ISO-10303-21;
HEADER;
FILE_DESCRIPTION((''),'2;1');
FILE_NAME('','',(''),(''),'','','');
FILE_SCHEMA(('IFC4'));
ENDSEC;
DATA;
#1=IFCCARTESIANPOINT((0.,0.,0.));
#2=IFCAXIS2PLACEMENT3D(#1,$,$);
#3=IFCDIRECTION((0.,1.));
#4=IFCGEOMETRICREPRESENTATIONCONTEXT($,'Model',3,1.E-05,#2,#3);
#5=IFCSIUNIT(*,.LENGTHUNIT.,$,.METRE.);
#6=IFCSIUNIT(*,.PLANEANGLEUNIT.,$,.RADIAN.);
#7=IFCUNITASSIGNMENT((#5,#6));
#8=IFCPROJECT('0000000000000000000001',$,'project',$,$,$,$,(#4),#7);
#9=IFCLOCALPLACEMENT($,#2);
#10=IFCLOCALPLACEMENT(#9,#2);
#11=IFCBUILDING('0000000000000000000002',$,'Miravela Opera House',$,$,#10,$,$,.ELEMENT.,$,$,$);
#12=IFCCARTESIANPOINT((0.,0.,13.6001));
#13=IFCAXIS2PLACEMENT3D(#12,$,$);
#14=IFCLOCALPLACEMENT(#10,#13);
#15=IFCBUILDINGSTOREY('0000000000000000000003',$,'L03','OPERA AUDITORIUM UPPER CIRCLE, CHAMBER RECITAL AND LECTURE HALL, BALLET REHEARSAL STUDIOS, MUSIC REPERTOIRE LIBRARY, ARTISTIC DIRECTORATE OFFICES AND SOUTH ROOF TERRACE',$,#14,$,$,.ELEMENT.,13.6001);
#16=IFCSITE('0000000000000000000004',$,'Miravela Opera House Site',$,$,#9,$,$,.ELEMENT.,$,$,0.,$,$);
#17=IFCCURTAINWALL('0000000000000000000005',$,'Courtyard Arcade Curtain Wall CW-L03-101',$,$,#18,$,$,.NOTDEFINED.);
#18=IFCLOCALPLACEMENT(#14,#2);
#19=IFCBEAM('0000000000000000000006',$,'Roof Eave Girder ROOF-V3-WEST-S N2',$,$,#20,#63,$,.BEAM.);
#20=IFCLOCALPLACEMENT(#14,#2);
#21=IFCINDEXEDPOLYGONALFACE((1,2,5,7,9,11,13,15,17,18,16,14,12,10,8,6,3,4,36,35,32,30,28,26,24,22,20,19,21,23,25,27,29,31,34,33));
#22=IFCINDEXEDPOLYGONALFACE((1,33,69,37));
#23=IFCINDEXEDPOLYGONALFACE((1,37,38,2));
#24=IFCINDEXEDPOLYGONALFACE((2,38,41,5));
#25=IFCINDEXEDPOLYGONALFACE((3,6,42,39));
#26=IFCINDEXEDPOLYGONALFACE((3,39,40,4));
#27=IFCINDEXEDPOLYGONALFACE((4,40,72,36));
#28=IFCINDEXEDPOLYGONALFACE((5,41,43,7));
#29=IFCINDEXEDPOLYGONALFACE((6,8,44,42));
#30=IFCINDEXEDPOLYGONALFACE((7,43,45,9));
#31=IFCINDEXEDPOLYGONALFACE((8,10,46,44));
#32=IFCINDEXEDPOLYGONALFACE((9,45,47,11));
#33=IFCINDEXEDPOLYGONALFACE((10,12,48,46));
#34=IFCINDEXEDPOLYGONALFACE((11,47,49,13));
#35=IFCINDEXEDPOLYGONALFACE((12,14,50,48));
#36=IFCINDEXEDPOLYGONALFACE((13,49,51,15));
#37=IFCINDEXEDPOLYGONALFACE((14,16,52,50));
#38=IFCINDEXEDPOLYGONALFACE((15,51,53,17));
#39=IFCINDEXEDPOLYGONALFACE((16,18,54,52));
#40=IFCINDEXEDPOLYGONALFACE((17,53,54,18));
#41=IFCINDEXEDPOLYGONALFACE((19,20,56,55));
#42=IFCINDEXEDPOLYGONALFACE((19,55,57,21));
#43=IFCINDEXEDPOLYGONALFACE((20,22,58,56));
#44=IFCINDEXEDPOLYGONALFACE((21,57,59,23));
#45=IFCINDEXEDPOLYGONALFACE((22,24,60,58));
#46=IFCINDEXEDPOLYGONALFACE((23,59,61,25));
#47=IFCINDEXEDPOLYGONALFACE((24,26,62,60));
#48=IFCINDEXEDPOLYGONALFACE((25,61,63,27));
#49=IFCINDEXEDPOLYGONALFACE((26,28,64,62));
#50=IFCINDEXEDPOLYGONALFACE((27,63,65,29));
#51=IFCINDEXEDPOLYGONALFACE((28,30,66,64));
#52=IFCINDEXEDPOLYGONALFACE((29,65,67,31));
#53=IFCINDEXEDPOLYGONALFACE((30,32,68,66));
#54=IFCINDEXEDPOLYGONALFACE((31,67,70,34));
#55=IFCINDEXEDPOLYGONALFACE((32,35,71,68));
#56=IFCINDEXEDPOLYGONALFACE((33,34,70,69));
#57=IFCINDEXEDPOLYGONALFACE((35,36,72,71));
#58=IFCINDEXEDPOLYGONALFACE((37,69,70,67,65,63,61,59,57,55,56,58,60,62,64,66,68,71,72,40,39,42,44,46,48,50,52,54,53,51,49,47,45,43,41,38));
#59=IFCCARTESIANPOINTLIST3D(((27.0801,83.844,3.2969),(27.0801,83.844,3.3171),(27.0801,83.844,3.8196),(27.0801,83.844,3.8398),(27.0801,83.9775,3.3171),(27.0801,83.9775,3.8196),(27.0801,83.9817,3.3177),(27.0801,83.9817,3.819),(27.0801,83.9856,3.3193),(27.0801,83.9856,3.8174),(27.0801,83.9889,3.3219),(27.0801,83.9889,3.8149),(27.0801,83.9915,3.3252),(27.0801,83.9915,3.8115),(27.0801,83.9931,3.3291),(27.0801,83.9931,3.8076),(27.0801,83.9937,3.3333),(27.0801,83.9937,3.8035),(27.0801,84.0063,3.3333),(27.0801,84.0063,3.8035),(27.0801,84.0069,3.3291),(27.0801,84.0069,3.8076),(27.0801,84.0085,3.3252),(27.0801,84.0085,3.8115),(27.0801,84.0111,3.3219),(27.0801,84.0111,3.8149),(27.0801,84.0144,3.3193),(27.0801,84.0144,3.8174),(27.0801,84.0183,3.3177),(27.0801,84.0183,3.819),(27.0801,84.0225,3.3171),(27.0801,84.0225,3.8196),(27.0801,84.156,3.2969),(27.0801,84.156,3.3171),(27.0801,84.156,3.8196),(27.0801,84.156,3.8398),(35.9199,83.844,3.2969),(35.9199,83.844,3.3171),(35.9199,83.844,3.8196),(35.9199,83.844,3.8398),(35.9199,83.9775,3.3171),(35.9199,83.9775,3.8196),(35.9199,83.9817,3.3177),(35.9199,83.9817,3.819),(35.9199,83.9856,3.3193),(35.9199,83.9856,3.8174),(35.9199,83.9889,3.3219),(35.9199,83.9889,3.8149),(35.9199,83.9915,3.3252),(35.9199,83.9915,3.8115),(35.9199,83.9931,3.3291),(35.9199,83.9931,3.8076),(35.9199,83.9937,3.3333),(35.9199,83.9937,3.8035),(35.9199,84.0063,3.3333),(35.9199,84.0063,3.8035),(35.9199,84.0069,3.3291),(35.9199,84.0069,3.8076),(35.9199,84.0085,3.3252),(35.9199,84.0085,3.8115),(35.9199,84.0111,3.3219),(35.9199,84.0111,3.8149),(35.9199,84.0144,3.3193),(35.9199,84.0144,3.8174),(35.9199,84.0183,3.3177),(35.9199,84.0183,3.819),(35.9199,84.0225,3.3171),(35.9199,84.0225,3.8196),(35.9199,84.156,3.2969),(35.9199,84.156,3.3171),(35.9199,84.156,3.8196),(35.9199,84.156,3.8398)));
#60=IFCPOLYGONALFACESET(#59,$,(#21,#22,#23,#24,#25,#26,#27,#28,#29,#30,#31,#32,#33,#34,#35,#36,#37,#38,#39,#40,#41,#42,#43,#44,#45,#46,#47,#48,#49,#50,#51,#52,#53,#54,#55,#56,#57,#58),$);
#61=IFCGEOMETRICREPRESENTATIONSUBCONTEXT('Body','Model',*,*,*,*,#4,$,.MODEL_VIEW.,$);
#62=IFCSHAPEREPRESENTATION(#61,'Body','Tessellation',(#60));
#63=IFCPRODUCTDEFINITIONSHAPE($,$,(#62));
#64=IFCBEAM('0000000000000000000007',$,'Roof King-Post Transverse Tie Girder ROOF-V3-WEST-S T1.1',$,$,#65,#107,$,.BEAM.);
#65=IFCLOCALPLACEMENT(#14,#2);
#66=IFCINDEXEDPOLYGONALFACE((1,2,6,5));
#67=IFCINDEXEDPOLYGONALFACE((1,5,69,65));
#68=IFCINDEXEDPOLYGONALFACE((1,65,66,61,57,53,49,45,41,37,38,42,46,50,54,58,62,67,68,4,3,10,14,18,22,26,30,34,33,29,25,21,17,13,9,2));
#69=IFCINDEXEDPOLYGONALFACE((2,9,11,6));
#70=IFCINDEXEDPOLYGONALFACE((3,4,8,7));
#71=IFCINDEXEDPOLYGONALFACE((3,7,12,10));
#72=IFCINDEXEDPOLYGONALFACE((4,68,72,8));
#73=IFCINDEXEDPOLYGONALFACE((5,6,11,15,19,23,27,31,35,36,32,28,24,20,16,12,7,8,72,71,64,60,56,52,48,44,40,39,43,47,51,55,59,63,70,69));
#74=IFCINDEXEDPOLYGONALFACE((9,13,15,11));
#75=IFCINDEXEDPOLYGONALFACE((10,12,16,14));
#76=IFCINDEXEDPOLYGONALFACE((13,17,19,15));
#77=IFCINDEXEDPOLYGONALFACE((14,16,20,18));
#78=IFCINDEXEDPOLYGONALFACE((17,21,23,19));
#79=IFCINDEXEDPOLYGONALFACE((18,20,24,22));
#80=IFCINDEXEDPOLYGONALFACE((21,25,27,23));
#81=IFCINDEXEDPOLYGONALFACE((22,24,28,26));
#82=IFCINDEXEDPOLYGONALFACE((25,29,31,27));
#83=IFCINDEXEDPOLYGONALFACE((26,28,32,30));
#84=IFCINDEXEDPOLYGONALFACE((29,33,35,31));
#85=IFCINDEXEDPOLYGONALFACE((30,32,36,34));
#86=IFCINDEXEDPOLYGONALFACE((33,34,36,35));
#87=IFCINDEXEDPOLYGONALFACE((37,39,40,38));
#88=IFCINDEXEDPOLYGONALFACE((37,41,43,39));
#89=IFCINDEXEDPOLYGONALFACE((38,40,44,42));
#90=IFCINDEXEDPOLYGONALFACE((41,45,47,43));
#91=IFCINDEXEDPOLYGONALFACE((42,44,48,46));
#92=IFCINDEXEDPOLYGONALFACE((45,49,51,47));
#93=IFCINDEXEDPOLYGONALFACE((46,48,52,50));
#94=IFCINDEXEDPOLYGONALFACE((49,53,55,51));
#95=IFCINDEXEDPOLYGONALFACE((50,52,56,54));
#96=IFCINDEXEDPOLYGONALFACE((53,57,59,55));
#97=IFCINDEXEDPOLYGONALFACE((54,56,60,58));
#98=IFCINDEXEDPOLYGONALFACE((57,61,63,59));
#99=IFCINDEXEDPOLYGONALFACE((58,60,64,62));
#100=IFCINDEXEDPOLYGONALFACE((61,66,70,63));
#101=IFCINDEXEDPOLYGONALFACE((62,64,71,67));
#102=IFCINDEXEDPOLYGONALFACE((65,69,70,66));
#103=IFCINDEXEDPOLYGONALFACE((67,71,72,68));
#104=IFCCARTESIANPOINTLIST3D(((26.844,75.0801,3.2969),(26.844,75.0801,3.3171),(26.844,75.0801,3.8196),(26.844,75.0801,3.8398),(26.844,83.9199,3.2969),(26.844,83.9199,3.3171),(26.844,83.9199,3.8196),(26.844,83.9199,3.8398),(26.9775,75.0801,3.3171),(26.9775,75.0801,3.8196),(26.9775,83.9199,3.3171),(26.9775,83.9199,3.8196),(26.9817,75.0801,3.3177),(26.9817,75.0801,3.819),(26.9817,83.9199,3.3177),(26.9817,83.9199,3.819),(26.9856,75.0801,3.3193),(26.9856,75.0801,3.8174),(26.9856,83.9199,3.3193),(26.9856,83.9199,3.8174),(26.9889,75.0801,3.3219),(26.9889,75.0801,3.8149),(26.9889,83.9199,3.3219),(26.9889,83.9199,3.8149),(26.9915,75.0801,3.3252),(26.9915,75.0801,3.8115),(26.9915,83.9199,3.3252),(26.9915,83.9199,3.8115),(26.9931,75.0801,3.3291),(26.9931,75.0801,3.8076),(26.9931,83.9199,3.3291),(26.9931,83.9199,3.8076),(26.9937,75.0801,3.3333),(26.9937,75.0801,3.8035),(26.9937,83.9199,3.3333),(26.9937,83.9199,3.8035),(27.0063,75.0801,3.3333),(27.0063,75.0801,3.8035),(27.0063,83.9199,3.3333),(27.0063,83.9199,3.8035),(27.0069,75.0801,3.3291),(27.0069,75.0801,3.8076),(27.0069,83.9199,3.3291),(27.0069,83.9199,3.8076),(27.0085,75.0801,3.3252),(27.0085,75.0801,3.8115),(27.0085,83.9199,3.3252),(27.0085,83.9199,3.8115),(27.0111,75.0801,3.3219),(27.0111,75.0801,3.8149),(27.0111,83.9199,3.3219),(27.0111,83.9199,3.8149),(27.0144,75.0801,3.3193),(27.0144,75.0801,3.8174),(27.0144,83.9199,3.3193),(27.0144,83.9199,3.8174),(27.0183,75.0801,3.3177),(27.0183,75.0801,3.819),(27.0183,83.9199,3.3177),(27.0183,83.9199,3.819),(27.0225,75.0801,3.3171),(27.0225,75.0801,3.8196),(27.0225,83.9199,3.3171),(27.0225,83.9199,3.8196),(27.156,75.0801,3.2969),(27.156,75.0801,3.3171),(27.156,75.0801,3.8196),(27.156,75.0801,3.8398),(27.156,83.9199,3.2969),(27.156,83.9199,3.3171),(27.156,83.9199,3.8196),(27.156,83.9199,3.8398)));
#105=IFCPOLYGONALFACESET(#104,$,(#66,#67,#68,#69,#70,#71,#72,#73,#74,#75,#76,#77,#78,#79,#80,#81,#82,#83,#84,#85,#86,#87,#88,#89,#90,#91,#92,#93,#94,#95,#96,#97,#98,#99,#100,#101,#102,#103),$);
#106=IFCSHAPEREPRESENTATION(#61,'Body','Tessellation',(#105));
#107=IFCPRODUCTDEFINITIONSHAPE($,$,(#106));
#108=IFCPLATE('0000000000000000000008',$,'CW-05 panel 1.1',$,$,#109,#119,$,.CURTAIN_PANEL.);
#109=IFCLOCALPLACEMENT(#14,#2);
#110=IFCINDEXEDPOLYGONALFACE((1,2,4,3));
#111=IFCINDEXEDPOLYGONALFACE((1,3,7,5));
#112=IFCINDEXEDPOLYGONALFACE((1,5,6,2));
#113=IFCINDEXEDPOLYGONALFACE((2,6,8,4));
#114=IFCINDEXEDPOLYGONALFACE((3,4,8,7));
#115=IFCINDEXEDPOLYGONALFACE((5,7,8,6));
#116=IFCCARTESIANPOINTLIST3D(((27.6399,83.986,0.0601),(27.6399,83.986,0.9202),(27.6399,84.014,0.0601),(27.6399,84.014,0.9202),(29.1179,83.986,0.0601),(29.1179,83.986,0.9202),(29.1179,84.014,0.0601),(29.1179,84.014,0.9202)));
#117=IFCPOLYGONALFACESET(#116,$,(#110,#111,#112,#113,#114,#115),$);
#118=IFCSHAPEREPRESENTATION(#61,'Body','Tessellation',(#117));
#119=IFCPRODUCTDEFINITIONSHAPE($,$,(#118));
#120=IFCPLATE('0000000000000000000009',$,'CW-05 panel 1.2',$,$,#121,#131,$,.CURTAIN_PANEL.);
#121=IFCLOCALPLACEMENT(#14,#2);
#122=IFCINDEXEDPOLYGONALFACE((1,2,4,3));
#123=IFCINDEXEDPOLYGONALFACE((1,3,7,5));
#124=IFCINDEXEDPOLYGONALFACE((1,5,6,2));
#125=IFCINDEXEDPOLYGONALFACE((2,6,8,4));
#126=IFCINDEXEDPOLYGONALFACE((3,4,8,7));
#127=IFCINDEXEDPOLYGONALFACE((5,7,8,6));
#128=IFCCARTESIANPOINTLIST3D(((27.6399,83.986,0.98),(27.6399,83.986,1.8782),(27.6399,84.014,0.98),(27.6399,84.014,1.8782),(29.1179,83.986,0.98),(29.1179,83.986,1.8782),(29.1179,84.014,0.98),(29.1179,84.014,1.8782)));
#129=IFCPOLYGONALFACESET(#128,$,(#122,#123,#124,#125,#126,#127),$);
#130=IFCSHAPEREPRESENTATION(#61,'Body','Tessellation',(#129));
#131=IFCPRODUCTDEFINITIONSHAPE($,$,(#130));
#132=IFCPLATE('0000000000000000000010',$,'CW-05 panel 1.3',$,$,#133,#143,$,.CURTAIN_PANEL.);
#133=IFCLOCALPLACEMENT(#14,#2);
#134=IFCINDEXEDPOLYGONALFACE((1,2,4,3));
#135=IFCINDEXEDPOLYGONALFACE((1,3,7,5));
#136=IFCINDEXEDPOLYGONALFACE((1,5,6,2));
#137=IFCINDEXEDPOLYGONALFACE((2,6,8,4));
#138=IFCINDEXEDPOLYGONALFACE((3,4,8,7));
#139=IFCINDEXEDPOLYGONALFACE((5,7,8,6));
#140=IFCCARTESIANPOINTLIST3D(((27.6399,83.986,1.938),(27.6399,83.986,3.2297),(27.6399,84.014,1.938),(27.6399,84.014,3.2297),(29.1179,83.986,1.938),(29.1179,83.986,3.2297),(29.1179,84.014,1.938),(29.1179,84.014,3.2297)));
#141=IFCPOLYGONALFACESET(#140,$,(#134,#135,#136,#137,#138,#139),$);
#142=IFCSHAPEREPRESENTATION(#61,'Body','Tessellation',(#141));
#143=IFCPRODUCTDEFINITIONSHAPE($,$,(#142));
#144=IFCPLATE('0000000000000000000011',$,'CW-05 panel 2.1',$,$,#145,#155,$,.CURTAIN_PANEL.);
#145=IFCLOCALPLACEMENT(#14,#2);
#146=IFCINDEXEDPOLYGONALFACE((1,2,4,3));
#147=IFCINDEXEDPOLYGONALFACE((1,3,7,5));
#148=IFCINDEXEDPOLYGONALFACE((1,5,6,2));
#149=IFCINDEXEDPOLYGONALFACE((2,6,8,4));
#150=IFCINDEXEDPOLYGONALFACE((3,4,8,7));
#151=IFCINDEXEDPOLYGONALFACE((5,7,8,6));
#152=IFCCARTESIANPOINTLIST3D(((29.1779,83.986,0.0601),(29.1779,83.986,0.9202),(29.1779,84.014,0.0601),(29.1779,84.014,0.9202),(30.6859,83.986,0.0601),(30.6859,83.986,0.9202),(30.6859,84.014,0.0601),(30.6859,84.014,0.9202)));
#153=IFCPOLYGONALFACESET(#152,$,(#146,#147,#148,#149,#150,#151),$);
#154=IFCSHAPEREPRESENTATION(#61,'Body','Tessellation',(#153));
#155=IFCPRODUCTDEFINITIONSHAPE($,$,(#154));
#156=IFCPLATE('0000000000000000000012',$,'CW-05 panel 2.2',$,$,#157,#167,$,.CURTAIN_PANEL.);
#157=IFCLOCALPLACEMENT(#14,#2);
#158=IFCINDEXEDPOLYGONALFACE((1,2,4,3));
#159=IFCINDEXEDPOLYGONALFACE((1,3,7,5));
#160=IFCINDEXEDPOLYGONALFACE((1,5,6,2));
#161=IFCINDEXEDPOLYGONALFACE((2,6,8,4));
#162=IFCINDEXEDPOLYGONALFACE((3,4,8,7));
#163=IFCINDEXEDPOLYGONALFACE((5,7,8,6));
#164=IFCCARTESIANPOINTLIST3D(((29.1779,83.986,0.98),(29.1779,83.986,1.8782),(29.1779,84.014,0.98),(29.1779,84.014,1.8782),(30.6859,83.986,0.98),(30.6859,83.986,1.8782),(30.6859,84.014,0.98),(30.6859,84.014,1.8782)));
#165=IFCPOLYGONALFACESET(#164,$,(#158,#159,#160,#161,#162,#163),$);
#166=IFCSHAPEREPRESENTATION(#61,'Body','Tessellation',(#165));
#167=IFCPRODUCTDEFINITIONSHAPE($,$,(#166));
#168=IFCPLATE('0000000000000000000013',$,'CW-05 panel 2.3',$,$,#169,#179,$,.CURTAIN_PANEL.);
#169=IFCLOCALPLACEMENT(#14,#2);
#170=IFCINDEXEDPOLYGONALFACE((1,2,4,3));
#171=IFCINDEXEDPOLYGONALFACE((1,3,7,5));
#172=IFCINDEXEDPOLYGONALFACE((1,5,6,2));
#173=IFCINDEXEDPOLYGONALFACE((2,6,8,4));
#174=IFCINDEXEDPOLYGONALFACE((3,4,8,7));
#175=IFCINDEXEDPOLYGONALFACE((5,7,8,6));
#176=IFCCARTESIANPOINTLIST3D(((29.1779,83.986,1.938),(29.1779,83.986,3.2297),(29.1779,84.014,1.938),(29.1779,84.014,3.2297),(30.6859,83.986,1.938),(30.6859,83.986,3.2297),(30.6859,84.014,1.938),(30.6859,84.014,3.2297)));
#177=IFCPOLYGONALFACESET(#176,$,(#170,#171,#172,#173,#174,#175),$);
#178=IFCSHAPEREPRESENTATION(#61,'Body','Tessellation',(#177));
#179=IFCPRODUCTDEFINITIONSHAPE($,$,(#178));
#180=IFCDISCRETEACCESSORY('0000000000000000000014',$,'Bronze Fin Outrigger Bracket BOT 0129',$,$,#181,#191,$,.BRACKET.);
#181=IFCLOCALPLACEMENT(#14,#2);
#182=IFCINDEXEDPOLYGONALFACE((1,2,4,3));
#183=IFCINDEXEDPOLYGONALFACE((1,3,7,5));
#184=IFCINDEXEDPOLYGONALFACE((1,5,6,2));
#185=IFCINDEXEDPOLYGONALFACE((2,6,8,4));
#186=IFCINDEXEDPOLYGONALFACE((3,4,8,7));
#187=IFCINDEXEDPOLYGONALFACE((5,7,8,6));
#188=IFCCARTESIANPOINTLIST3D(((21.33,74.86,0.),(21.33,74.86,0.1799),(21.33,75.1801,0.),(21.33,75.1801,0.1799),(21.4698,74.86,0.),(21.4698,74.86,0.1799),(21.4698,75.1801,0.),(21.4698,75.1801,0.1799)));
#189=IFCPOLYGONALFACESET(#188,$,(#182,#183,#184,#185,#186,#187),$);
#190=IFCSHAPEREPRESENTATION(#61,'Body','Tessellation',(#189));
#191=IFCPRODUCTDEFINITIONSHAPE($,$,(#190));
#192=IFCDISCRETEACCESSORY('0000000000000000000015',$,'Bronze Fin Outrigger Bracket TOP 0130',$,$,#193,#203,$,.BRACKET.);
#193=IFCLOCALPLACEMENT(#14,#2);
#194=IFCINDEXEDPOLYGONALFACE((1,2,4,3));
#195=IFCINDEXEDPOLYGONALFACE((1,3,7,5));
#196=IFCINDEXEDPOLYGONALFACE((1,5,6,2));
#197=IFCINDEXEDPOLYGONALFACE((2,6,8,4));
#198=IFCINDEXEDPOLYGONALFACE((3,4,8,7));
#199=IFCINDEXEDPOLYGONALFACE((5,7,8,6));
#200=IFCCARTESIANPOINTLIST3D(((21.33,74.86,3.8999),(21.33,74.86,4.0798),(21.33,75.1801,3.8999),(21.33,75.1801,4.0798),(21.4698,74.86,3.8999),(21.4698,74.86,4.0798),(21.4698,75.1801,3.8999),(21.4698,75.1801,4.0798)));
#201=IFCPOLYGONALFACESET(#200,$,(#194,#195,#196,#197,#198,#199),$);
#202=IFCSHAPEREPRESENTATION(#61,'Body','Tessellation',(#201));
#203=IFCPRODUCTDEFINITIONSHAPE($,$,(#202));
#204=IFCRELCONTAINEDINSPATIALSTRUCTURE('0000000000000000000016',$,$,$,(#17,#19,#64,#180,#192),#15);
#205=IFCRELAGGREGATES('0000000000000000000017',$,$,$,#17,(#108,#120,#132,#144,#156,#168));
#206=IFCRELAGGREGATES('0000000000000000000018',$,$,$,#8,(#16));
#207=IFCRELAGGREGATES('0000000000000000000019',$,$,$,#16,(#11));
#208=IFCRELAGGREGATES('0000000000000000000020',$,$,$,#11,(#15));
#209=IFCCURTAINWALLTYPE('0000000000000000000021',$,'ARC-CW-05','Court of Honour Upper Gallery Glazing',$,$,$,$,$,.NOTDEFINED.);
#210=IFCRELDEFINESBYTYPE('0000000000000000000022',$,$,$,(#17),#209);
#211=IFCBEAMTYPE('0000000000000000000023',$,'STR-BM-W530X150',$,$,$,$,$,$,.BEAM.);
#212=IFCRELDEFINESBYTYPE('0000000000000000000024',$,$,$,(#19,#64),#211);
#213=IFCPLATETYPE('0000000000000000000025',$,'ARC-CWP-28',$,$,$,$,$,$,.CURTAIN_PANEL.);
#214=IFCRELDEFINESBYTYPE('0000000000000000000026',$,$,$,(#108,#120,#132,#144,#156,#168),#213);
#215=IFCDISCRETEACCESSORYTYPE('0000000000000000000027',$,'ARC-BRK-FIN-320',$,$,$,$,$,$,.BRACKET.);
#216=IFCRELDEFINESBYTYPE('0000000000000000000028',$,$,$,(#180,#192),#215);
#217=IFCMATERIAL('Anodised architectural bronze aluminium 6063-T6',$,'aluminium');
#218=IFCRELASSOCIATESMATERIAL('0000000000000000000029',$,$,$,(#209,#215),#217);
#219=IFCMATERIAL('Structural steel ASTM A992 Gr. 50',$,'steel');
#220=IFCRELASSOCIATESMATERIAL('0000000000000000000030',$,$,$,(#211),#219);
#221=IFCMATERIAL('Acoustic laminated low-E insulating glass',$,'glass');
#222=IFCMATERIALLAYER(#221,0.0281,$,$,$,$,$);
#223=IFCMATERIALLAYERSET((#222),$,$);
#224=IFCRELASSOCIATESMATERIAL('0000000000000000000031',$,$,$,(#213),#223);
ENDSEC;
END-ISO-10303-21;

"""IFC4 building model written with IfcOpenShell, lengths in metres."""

from ifc_helpers import new_model, si_unit, direction, frame, origin, origin_2d, place, context, subcontext, project, spatial, rectangle, i_section, extrude, material, layer, layer_set, material_profile, profile_set, type_object, element, aggregate, save


model = new_model("IFC4")

# Units and contexts
model_context = context("Model", 3, precision=1e-05, world=origin(), true_north=direction((0.0, 1.0)))
body_context = subcontext(model_context, "Body", "Model", "MODEL_VIEW")
ifc_project = project(units=[si_unit("LENGTHUNIT", "METRE"), si_unit("PLANEANGLEUNIT", "RADIAN")], contexts=[model_context])

# Site, building, storey
site_placement = place(None, origin())
site = spatial("IfcSite", under=ifc_project, at=site_placement, Name="Miravela Opera House Site", CompositionType="ELEMENT", RefElevation=0.0)
building_placement = place(site_placement, origin())
building = spatial("IfcBuilding", under=site, at=building_placement, Name="Miravela Opera House", CompositionType="ELEMENT")
storey_placement = place(building_placement, frame((0.0, 0.0, 13.6001)))
storey = spatial("IfcBuildingStorey", under=building, at=storey_placement, Name="L03", Description="OPERA AUDITORIUM UPPER CIRCLE, CHAMBER RECITAL AND LECTURE HALL, BALLET REHEARSAL STUDIOS, MUSIC REPERTOIRE LIBRARY, ARTISTIC DIRECTORATE OFFICES AND SOUTH ROOF TERRACE", CompositionType="ELEMENT", Elevation=13.6001)

# Curtain wall
ifc_material_1 = material(Name="Anodised architectural bronze aluminium 6063-T6", Category="aluminium")
curtain_wall_type = type_object("IfcCurtainWallType", Name="ARC-CW-05", Description="Court of Honour Upper Gallery Glazing", PredefinedType="NOTDEFINED", material=ifc_material_1)
curtain_wall_placement = place(storey_placement, origin())
curtain_wall = element("IfcCurtainWall", 1, at=curtain_wall_placement, inside=storey, type_object=curtain_wall_type, Name="Courtyard Arcade Curtain Wall CW-L03-101", PredefinedType="NOTDEFINED")

# Beams
ifc_material_2 = material(Name="Structural steel ASTM A992 Gr. 50", Category="steel")
ifc_material_profile_1 = material_profile(ifc_material_2, i_section(OverallWidth=0.312, OverallDepth=0.543, WebThickness=0.0127, FlangeThickness=0.0203, FilletRadius=0.0161, at=origin_2d()), Name="W530X150")
ifc_profile_set_1 = profile_set([ifc_material_profile_1])
beam_type_1 = type_object("IfcBeamType", Name="STR-BM-W530X150", PredefinedType="BEAM", material=ifc_profile_set_1)
for number, where, z_axis, x_axis, name in (
    (2, (27.0801, 84.0, 3.5684), (1.0, 0.0, 0.0), (0.0, 1.0, 0.0), "Roof Eave Girder ROOF-V3-WEST-S N2"),
    (3, (27.0, 75.0801, 3.5684), (0.0, 1.0, 0.0), (-1.0, 0.0, 0.0), "Roof King-Post Transverse Tie Girder ROOF-V3-WEST-S T1.1"),
):
    element("IfcBeam", number, at=place(storey_placement, frame(where, z_axis=z_axis, x_axis=x_axis)), inside=storey, type_object=beam_type_1, Name=name, PredefinedType="BEAM", context=body_context, shape_type="SweptSolid", body=[
        extrude(i_section(OverallWidth=0.312, OverallDepth=0.543, WebThickness=0.0127, FlangeThickness=0.0203, FilletRadius=0.0161, at=origin_2d()), origin(), (0.0, 0.0, 1.0), 8.8398),
    ])

# Plates
ifc_material_3 = material(Name="Acoustic laminated low-E insulating glass", Category="glass")
ifc_layer = layer(ifc_material_3, 0.0281)
ifc_layer_set = layer_set([ifc_layer])
plate_type = type_object("IfcPlateType", Name="ARC-CWP-28", PredefinedType="CURTAIN_PANEL", material=ifc_layer_set)
plate_1_placement = place(storey_placement, frame((28.3789, 84.0, 0.0601), z_axis=(0.0, 0.0, 1.0), x_axis=(1.0, 0.0, 0.0)))
plate_1 = element("IfcPlate", 4, at=plate_1_placement, type_object=plate_type, Name="CW-05 panel 1.1", PredefinedType="CURTAIN_PANEL", context=body_context, shape_type="SweptSolid", body=[
    extrude(rectangle(XDim=1.478, YDim=0.0281, at=origin_2d()), origin(), (0.0, 0.0, 1.0), 0.8601),
])
plate_2_placement = place(storey_placement, frame((28.3789, 84.0, 0.98), z_axis=(0.0, 0.0, 1.0), x_axis=(1.0, 0.0, 0.0)))
plate_2 = element("IfcPlate", 5, at=plate_2_placement, type_object=plate_type, Name="CW-05 panel 1.2", PredefinedType="CURTAIN_PANEL", context=body_context, shape_type="SweptSolid", body=[
    extrude(rectangle(XDim=1.478, YDim=0.0281, at=origin_2d()), origin(), (0.0, 0.0, 1.0), 0.8982),
])
plate_3_placement = place(storey_placement, frame((28.3789, 84.0, 1.938), z_axis=(0.0, 0.0, 1.0), x_axis=(1.0, 0.0, 0.0)))
plate_3 = element("IfcPlate", 6, at=plate_3_placement, type_object=plate_type, Name="CW-05 panel 1.3", PredefinedType="CURTAIN_PANEL", context=body_context, shape_type="SweptSolid", body=[
    extrude(rectangle(XDim=1.478, YDim=0.0281, at=origin_2d()), origin(), (0.0, 0.0, 1.0), 1.2917),
])
plate_4_placement = place(storey_placement, frame((29.9319, 84.0, 0.0601), z_axis=(0.0, 0.0, 1.0), x_axis=(1.0, 0.0, 0.0)))
plate_4 = element("IfcPlate", 7, at=plate_4_placement, type_object=plate_type, Name="CW-05 panel 2.1", PredefinedType="CURTAIN_PANEL", context=body_context, shape_type="SweptSolid", body=[
    extrude(rectangle(XDim=1.5081, YDim=0.0281, at=origin_2d()), origin(), (0.0, 0.0, 1.0), 0.8601),
])
plate_5_placement = place(storey_placement, frame((29.9319, 84.0, 0.98), z_axis=(0.0, 0.0, 1.0), x_axis=(1.0, 0.0, 0.0)))
plate_5 = element("IfcPlate", 8, at=plate_5_placement, type_object=plate_type, Name="CW-05 panel 2.2", PredefinedType="CURTAIN_PANEL", context=body_context, shape_type="SweptSolid", body=[
    extrude(rectangle(XDim=1.5081, YDim=0.0281, at=origin_2d()), origin(), (0.0, 0.0, 1.0), 0.8982),
])
plate_6_placement = place(storey_placement, frame((29.9319, 84.0, 1.938), z_axis=(0.0, 0.0, 1.0), x_axis=(1.0, 0.0, 0.0)))
plate_6 = element("IfcPlate", 9, at=plate_6_placement, type_object=plate_type, Name="CW-05 panel 2.3", PredefinedType="CURTAIN_PANEL", context=body_context, shape_type="SweptSolid", body=[
    extrude(rectangle(XDim=1.5081, YDim=0.0281, at=origin_2d()), origin(), (0.0, 0.0, 1.0), 1.2917),
])
aggregate(curtain_wall, [plate_1, plate_2, plate_3, plate_4, plate_5, plate_6])

# Discrete accessories
discrete_accessory_type = type_object("IfcDiscreteAccessoryType", Name="ARC-BRK-FIN-320", PredefinedType="BRACKET", material=ifc_material_1)
for number, where, z_axis, x_axis, name in (
    (10, (21.3999, 75.02, 0.0), (0.0, 0.0, 1.0), (0.0, 1.0, 0.0), "Bronze Fin Outrigger Bracket BOT 0129"),
    (11, (21.3999, 75.02, 3.8999), (0.0, 0.0, 1.0), (0.0, 1.0, 0.0), "Bronze Fin Outrigger Bracket TOP 0130"),
):
    element("IfcDiscreteAccessory", number, at=place(storey_placement, frame(where, z_axis=z_axis, x_axis=x_axis)), inside=storey, type_object=discrete_accessory_type, Name=name, PredefinedType="BRACKET", context=body_context, shape_type="SweptSolid", body=[
        extrude(rectangle(XDim=0.3201, YDim=0.1399, at=origin_2d()), origin(), (0.0, 0.0, 1.0), 0.1799),
    ])

save(model, "model.ifc")
